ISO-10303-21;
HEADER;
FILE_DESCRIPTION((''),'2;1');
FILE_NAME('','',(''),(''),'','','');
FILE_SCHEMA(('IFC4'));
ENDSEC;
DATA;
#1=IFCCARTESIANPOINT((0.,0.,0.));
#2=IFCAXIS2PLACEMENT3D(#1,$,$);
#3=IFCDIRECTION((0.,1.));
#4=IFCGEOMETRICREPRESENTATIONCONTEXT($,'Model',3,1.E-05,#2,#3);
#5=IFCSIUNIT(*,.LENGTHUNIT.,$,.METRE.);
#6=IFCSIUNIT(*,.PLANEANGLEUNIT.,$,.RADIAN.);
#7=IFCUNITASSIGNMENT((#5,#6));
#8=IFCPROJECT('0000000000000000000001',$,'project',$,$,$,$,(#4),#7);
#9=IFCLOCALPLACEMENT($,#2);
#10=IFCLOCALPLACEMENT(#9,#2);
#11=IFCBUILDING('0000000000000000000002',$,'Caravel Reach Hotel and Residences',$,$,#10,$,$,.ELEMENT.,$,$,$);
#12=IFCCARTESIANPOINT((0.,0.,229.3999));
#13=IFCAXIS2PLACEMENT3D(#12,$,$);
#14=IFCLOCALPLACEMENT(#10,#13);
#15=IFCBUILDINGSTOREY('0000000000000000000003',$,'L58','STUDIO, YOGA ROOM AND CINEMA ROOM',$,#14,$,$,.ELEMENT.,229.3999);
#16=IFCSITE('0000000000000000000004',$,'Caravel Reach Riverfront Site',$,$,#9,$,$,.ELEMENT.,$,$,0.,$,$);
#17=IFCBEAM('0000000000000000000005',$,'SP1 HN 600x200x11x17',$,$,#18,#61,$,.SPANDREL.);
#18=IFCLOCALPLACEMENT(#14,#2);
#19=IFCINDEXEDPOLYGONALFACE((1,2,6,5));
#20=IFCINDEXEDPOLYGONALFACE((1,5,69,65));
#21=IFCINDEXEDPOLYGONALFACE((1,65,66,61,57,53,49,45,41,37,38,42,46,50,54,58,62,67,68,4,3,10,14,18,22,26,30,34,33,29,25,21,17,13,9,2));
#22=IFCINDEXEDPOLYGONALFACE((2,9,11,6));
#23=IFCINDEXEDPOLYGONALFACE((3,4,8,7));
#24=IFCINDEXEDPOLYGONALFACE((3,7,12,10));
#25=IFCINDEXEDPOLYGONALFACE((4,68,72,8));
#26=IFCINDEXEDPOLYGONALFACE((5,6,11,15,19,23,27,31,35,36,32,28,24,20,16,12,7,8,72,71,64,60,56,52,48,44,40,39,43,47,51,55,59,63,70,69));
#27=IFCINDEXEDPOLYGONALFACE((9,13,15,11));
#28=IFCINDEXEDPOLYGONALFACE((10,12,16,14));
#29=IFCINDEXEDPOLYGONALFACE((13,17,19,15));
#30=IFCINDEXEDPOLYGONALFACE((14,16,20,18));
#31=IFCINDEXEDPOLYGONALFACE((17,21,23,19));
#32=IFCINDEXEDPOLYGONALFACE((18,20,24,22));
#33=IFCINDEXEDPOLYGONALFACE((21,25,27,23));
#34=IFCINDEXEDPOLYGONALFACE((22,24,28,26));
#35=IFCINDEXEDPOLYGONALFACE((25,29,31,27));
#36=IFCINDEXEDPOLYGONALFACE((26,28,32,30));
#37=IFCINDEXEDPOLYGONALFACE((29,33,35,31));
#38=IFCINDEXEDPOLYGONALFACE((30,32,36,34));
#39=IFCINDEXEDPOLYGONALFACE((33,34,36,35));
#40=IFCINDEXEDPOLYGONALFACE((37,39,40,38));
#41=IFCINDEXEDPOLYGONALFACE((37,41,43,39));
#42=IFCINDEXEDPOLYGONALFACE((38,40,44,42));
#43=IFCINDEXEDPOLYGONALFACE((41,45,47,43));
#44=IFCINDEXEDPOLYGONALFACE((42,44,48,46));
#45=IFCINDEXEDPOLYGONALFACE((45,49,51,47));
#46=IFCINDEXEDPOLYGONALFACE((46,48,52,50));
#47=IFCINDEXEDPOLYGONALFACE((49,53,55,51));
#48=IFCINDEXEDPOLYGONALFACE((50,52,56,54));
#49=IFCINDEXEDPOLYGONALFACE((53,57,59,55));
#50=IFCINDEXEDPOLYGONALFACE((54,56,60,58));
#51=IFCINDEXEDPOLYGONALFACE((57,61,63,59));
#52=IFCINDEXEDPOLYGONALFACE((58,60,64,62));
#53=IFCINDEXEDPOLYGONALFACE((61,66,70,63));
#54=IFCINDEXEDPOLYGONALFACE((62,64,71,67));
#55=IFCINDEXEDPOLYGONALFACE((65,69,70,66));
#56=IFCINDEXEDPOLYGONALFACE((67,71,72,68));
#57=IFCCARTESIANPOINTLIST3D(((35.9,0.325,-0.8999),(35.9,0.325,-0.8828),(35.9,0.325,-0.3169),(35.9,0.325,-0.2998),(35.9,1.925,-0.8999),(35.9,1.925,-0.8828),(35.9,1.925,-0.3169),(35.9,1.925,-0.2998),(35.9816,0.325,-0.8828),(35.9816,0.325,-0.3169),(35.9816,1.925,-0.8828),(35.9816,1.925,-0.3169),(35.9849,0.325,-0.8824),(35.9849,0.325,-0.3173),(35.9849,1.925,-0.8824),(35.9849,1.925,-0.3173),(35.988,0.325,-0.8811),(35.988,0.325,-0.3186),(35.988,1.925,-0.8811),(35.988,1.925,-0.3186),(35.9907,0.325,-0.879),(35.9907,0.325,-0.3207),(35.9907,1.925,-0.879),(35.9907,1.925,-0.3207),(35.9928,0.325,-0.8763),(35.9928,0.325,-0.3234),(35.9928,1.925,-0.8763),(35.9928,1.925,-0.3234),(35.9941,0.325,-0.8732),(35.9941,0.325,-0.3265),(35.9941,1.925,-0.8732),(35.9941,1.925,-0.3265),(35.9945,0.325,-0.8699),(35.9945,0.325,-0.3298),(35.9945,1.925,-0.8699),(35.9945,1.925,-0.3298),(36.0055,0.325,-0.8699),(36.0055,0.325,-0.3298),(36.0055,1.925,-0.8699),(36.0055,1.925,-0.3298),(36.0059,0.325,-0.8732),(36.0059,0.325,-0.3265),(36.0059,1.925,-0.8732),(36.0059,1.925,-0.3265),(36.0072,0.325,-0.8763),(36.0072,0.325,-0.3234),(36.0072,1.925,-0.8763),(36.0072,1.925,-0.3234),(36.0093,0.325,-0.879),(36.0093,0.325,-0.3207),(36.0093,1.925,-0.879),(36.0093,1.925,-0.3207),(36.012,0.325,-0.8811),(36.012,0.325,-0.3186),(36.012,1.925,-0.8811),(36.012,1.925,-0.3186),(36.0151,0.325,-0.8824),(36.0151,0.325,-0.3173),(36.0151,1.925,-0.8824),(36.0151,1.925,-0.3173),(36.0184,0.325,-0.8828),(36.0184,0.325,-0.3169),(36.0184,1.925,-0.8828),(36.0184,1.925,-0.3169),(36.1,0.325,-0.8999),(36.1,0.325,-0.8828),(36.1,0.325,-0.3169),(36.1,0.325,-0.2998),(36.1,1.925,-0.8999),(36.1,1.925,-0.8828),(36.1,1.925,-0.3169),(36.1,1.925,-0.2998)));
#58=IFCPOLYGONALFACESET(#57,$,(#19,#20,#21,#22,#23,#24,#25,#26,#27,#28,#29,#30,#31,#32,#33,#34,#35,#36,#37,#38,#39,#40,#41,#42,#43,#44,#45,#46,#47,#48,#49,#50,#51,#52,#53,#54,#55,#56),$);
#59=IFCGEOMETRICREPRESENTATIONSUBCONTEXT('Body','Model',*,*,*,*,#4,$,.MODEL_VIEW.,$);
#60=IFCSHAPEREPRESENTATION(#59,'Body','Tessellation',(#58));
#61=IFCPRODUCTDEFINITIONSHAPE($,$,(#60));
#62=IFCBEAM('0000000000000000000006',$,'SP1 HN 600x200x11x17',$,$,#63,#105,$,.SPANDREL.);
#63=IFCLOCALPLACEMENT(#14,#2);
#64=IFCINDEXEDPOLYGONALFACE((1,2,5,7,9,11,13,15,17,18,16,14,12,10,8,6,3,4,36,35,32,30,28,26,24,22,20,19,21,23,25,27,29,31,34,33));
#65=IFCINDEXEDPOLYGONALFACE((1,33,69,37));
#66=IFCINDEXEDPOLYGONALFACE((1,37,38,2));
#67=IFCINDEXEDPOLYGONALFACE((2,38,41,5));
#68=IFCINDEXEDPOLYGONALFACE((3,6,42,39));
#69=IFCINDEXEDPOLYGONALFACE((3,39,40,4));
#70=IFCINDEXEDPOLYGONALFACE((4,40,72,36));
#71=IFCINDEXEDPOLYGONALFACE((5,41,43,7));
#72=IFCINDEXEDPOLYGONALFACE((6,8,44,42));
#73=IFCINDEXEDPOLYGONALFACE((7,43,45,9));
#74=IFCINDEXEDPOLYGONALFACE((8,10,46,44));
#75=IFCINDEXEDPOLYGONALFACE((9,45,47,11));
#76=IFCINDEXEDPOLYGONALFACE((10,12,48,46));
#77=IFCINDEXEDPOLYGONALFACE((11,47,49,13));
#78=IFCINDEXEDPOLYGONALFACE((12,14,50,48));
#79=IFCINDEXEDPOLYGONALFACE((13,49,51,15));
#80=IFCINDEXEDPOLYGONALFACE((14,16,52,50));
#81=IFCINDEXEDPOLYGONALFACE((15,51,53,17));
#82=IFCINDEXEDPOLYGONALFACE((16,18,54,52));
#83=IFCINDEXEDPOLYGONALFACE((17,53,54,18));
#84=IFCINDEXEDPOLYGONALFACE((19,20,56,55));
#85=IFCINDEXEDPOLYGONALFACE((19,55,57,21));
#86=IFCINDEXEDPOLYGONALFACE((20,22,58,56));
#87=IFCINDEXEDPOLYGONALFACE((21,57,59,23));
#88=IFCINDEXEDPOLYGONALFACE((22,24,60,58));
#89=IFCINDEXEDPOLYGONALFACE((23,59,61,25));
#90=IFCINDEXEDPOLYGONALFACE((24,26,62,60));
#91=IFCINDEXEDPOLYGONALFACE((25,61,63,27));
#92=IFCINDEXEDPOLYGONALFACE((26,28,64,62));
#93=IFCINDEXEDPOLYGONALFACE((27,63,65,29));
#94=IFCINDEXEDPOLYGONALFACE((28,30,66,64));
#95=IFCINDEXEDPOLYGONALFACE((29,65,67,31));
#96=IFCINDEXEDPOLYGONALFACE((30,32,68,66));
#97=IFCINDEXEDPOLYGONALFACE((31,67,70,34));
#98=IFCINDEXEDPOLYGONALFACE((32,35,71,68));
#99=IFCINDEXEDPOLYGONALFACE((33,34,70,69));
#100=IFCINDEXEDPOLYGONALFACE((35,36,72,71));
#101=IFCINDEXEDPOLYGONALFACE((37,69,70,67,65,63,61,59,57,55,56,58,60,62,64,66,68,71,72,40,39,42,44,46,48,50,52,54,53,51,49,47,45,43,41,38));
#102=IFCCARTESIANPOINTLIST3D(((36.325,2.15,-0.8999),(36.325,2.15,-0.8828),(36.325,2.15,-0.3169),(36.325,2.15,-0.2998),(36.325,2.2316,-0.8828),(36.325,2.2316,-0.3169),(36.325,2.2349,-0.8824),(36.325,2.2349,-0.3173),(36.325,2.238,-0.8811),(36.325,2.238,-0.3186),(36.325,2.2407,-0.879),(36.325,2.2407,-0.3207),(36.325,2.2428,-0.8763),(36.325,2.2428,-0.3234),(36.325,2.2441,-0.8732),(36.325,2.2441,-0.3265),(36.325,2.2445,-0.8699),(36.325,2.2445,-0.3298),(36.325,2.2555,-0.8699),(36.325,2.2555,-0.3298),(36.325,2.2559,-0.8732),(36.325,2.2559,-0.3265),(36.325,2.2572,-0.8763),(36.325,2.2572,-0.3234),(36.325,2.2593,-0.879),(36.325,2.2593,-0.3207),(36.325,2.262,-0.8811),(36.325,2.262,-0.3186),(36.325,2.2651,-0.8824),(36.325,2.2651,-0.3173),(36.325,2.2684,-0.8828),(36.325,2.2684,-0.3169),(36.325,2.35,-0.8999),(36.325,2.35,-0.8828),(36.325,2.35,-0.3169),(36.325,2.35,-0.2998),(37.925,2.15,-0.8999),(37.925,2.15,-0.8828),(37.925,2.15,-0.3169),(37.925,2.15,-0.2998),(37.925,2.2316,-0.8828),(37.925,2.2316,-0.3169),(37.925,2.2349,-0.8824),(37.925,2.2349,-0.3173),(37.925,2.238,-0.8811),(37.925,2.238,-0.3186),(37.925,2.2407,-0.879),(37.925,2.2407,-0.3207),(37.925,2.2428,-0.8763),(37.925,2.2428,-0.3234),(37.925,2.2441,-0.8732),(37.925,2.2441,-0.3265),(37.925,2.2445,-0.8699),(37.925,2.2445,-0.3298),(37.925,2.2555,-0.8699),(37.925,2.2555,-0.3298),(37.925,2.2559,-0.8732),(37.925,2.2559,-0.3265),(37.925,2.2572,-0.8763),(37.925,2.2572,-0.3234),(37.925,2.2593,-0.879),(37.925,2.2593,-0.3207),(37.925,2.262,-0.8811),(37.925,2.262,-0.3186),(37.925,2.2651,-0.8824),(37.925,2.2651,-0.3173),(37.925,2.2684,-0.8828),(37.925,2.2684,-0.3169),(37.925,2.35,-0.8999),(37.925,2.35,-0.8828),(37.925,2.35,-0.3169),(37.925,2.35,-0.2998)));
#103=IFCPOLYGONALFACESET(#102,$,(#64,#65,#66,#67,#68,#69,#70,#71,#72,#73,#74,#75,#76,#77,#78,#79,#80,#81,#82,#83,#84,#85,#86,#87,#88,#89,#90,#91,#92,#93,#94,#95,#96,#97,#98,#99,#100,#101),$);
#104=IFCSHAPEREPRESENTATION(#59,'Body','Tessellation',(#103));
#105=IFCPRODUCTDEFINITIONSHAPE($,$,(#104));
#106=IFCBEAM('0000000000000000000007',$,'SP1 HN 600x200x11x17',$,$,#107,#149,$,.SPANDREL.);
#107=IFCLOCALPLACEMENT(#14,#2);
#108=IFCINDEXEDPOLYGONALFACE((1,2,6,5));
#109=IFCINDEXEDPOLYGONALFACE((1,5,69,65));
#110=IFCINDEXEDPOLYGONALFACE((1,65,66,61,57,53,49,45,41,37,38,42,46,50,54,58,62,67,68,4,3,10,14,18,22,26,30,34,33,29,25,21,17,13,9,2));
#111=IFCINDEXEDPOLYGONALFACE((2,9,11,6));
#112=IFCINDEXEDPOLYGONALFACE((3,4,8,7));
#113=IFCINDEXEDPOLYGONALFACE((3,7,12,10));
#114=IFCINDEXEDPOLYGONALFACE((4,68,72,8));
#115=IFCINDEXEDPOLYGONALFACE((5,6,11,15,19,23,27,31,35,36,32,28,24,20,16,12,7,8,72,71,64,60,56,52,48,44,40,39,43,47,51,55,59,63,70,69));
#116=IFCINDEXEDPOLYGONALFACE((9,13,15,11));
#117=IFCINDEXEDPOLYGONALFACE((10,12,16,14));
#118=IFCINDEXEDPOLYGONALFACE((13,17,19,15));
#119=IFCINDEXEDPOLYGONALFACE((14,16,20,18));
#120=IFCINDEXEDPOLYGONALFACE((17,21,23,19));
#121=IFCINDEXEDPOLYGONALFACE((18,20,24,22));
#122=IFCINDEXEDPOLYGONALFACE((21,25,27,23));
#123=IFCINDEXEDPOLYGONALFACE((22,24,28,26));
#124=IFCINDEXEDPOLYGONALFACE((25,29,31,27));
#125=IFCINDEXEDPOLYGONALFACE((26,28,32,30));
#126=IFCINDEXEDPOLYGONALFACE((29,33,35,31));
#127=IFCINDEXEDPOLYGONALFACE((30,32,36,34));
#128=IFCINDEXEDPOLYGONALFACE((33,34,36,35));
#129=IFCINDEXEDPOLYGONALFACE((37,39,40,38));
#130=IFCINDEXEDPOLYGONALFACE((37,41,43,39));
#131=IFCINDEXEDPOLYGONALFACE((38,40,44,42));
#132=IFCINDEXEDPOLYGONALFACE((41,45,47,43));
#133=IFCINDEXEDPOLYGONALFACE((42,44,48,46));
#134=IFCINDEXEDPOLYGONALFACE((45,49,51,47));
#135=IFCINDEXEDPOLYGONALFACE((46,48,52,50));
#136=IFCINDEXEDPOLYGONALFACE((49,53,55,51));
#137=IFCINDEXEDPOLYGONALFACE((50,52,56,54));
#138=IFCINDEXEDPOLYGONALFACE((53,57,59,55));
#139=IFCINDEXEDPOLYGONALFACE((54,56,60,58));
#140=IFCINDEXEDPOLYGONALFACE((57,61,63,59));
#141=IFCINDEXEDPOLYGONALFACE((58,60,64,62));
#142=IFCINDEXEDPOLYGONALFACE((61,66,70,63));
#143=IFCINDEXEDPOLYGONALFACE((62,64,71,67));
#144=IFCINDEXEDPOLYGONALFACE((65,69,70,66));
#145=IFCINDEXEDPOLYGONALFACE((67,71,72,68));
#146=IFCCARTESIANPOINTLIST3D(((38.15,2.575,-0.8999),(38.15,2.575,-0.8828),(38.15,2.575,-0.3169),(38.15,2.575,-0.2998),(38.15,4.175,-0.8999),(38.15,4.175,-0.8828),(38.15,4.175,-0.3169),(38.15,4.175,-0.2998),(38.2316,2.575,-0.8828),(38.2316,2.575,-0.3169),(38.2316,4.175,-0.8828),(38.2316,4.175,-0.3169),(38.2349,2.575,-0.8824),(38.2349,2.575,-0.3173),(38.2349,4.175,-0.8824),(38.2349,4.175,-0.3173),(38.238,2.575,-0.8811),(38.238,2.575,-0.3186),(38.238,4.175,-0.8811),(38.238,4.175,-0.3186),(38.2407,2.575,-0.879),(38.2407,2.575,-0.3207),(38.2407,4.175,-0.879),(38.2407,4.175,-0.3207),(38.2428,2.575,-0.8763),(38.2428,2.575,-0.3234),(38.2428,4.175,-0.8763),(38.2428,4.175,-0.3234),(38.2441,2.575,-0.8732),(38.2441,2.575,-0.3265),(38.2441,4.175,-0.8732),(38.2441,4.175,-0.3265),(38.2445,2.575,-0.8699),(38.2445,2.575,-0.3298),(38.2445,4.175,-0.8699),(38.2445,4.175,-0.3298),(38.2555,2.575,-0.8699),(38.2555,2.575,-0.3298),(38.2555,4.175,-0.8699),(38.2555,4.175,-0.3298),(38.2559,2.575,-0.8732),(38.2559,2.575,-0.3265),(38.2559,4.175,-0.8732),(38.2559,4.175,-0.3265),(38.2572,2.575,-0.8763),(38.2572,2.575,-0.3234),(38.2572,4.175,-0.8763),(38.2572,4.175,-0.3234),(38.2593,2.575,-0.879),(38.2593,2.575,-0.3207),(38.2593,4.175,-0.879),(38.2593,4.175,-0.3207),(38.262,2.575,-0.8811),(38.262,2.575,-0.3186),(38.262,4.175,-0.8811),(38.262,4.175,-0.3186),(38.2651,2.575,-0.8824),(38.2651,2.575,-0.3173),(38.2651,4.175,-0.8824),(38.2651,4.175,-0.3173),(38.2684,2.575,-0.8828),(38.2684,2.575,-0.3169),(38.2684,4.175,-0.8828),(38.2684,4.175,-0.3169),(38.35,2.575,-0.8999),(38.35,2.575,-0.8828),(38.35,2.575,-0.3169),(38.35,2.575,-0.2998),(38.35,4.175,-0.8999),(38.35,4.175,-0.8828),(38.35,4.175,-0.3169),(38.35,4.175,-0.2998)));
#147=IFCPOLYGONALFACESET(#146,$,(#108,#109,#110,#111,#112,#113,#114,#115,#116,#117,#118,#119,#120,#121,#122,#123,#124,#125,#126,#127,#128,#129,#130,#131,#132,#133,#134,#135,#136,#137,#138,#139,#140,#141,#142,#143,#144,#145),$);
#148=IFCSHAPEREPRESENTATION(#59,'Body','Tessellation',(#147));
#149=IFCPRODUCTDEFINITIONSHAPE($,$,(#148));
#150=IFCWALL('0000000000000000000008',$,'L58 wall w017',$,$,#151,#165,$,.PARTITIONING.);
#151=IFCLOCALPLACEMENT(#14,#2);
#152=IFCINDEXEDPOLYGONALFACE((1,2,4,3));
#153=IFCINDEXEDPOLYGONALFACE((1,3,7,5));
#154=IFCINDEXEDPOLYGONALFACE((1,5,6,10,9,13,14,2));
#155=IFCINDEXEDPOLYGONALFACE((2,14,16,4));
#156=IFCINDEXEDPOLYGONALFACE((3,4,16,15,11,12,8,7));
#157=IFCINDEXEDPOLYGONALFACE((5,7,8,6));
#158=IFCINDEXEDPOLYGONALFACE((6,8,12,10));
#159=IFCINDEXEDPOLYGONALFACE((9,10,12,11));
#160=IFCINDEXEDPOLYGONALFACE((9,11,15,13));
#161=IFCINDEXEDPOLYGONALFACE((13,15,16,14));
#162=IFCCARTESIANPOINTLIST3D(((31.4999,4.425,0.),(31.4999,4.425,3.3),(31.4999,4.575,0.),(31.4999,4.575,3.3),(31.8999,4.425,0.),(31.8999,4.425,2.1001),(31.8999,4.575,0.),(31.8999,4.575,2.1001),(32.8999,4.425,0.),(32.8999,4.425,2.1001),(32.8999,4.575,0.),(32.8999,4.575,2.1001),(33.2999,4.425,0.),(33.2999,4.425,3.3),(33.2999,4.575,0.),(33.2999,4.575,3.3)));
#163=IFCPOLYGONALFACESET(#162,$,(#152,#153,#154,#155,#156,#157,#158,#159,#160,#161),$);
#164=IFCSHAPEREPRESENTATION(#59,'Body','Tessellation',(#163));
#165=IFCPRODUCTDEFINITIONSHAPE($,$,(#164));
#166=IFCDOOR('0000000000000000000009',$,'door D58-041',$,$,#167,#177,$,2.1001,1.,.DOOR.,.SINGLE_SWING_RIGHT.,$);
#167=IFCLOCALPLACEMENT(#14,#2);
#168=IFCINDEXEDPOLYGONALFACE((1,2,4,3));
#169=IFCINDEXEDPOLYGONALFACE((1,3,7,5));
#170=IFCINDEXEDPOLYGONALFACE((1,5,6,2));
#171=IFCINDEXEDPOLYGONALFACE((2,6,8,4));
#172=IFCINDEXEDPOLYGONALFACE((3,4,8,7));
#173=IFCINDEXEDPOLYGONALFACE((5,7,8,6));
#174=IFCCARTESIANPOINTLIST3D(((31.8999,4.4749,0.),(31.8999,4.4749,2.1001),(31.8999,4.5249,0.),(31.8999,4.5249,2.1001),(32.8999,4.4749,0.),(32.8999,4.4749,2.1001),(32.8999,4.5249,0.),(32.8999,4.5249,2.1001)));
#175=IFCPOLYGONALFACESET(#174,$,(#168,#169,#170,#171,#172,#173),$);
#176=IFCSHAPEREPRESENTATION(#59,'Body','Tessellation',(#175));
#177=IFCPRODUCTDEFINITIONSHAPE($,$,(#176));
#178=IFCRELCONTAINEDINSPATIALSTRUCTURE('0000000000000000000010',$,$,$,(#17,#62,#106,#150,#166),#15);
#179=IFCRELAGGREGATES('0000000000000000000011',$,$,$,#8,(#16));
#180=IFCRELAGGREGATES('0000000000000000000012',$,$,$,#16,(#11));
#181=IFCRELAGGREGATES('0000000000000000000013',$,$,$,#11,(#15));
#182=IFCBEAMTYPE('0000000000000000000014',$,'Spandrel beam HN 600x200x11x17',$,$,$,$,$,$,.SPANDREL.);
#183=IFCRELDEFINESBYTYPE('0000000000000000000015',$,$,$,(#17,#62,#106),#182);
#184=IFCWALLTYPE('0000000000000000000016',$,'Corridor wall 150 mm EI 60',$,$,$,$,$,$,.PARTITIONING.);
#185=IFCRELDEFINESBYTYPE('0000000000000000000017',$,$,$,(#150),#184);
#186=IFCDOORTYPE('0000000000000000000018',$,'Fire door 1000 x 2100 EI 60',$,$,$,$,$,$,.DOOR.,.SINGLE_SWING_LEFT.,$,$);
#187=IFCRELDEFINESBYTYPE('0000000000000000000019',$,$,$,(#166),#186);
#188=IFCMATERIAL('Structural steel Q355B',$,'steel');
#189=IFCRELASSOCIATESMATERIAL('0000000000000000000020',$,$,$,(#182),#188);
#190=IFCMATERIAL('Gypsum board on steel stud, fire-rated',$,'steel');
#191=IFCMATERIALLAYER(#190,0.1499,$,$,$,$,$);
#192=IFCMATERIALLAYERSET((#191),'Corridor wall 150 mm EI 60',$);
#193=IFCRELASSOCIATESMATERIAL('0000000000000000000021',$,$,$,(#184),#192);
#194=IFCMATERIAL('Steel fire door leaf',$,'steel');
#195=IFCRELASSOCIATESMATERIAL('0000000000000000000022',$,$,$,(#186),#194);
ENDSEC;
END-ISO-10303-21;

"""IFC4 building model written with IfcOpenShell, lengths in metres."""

from ifc_helpers import new_model, si_unit, direction, frame, frame_2d, origin, origin_2d, place, context, subcontext, project, spatial, rectangle, i_section, extrude, material, layer, layer_set, material_profile, profile_set, type_object, element, fill, save


model = new_model("IFC4")

# Units and contexts
model_context = context("Model", 3, precision=1e-05, world=origin(), true_north=direction((0.0, 1.0)))
body_context = subcontext(model_context, "Body", "Model", "MODEL_VIEW")
ifc_project = project(units=[si_unit("LENGTHUNIT", "METRE"), si_unit("PLANEANGLEUNIT", "RADIAN")], contexts=[model_context])

# Site, building, storey
site_placement = place(None, origin())
site = spatial("IfcSite", under=ifc_project, at=site_placement, Name="Caravel Reach Riverfront Site", CompositionType="ELEMENT", RefElevation=0.0)
building_placement = place(site_placement, origin())
building = spatial("IfcBuilding", under=site, at=building_placement, Name="Caravel Reach Hotel and Residences", CompositionType="ELEMENT")
storey_placement = place(building_placement, frame((0.0, 0.0, 229.3999)))
storey = spatial("IfcBuildingStorey", under=building, at=storey_placement, Name="L58", Description="STUDIO, YOGA ROOM AND CINEMA ROOM", CompositionType="ELEMENT", Elevation=229.3999)

# Beams
ifc_material_1 = material(Name="Structural steel Q355B", Category="steel")
ifc_material_profile_1 = material_profile(ifc_material_1, i_section(OverallWidth=0.2, OverallDepth=0.6001, WebThickness=0.011, FlangeThickness=0.0171, FilletRadius=0.0129, at=origin_2d()), Name="HN 600x200x11x17")
ifc_profile_set_1 = profile_set([ifc_material_profile_1], Name="Structural steel Q355B")
beam_type = type_object("IfcBeamType", Name="Spandrel beam HN 600x200x11x17", PredefinedType="SPANDREL", material=ifc_profile_set_1)
for number, where, z_axis, x_axis, name in (
    (1, (36.0, 0.325, -0.5999), (0.0, 1.0, 0.0), (-1.0, 0.0, 0.0), "SP1 HN 600x200x11x17"),
    (2, (36.325, 2.25, -0.5999), (1.0, 0.0, 0.0), (0.0, 1.0, 0.0), "SP1 HN 600x200x11x17"),
    (3, (38.25, 2.575, -0.5999), (0.0, 1.0, 0.0), (-1.0, 0.0, 0.0), "SP1 HN 600x200x11x17"),
):
    element("IfcBeam", number, at=place(storey_placement, frame(where, z_axis=z_axis, x_axis=x_axis)), inside=storey, type_object=beam_type, Name=name, PredefinedType="SPANDREL", context=body_context, shape_type="SweptSolid", body=[
        extrude(i_section(OverallWidth=0.2, OverallDepth=0.6001, WebThickness=0.011, FlangeThickness=0.0171, FilletRadius=0.0129, at=origin_2d()), origin(), (0.0, 0.0, 1.0), 1.6001),
    ])

# Wall, opening, door
ifc_material_2 = material(Name="Gypsum board on steel stud, fire-rated", Category="steel")
ifc_layer_1 = layer(ifc_material_2, 0.1499)
ifc_layer_set_1 = layer_set([ifc_layer_1], Name="Corridor wall 150 mm EI 60")
wall_type_1 = type_object("IfcWallType", Name="Corridor wall 150 mm EI 60", PredefinedType="PARTITIONING", material=ifc_layer_set_1)
wall_1_placement = place(storey_placement, frame((31.5, 4.5, 0.0), z_axis=(0.0, 0.0, 1.0), x_axis=(1.0, 0.0, 0.0)))
wall_1 = element("IfcWall", 4, at=wall_1_placement, inside=storey, type_object=wall_type_1, Name="L58 wall w017", PredefinedType="PARTITIONING", context=body_context, shape_type="SweptSolid", body=[
    extrude(rectangle(XDim=1.8, YDim=0.1499, at=frame_2d((0.8999, 0.0))), origin(), (0.0, 0.0, 1.0), 3.3),
])
opening_1_placement = place(wall_1_placement, frame((0.3999, 0.0, 0.0)))
opening_1 = element("IfcOpeningElement", 5, at=opening_1_placement, cuts=wall_1, PredefinedType="OPENING", context=body_context, shape_type="SweptSolid", body=[
    extrude(rectangle(XDim=1.0, YDim=2.1001, at=frame_2d((0.5, 1.05))), frame((0.0, 0.085, 0.0), z_axis=(0.0, -1.0, 0.0), x_axis=(1.0, 0.0, 0.0)), (0.0, 0.0, 1.0), 0.1699),
])
ifc_material_3 = material(Name="Steel fire door leaf", Category="steel")
door_type_1 = type_object("IfcDoorType", Name="Fire door 1000 x 2100 EI 60", OperationType="SINGLE_SWING_LEFT", PredefinedType="DOOR", material=ifc_material_3)
door_1_placement = place(opening_1_placement, origin())
door_1 = element("IfcDoor", 6, at=door_1_placement, inside=storey, type_object=door_type_1, Name="door D58-041", OperationType="SINGLE_SWING_RIGHT", OverallHeight=2.1001, OverallWidth=1.0, PredefinedType="DOOR", context=body_context, shape_type="SweptSolid", body=[
    extrude(rectangle(XDim=1.0, YDim=2.1001, at=frame_2d((0.5, 1.05))), frame((0.0, 0.0249, 0.0), z_axis=(0.0, -1.0, 0.0), x_axis=(1.0, 0.0, 0.0)), (0.0, 0.0, 1.0), 0.05),
])
fill(opening_1, door_1)

save(model, "model.ifc")
